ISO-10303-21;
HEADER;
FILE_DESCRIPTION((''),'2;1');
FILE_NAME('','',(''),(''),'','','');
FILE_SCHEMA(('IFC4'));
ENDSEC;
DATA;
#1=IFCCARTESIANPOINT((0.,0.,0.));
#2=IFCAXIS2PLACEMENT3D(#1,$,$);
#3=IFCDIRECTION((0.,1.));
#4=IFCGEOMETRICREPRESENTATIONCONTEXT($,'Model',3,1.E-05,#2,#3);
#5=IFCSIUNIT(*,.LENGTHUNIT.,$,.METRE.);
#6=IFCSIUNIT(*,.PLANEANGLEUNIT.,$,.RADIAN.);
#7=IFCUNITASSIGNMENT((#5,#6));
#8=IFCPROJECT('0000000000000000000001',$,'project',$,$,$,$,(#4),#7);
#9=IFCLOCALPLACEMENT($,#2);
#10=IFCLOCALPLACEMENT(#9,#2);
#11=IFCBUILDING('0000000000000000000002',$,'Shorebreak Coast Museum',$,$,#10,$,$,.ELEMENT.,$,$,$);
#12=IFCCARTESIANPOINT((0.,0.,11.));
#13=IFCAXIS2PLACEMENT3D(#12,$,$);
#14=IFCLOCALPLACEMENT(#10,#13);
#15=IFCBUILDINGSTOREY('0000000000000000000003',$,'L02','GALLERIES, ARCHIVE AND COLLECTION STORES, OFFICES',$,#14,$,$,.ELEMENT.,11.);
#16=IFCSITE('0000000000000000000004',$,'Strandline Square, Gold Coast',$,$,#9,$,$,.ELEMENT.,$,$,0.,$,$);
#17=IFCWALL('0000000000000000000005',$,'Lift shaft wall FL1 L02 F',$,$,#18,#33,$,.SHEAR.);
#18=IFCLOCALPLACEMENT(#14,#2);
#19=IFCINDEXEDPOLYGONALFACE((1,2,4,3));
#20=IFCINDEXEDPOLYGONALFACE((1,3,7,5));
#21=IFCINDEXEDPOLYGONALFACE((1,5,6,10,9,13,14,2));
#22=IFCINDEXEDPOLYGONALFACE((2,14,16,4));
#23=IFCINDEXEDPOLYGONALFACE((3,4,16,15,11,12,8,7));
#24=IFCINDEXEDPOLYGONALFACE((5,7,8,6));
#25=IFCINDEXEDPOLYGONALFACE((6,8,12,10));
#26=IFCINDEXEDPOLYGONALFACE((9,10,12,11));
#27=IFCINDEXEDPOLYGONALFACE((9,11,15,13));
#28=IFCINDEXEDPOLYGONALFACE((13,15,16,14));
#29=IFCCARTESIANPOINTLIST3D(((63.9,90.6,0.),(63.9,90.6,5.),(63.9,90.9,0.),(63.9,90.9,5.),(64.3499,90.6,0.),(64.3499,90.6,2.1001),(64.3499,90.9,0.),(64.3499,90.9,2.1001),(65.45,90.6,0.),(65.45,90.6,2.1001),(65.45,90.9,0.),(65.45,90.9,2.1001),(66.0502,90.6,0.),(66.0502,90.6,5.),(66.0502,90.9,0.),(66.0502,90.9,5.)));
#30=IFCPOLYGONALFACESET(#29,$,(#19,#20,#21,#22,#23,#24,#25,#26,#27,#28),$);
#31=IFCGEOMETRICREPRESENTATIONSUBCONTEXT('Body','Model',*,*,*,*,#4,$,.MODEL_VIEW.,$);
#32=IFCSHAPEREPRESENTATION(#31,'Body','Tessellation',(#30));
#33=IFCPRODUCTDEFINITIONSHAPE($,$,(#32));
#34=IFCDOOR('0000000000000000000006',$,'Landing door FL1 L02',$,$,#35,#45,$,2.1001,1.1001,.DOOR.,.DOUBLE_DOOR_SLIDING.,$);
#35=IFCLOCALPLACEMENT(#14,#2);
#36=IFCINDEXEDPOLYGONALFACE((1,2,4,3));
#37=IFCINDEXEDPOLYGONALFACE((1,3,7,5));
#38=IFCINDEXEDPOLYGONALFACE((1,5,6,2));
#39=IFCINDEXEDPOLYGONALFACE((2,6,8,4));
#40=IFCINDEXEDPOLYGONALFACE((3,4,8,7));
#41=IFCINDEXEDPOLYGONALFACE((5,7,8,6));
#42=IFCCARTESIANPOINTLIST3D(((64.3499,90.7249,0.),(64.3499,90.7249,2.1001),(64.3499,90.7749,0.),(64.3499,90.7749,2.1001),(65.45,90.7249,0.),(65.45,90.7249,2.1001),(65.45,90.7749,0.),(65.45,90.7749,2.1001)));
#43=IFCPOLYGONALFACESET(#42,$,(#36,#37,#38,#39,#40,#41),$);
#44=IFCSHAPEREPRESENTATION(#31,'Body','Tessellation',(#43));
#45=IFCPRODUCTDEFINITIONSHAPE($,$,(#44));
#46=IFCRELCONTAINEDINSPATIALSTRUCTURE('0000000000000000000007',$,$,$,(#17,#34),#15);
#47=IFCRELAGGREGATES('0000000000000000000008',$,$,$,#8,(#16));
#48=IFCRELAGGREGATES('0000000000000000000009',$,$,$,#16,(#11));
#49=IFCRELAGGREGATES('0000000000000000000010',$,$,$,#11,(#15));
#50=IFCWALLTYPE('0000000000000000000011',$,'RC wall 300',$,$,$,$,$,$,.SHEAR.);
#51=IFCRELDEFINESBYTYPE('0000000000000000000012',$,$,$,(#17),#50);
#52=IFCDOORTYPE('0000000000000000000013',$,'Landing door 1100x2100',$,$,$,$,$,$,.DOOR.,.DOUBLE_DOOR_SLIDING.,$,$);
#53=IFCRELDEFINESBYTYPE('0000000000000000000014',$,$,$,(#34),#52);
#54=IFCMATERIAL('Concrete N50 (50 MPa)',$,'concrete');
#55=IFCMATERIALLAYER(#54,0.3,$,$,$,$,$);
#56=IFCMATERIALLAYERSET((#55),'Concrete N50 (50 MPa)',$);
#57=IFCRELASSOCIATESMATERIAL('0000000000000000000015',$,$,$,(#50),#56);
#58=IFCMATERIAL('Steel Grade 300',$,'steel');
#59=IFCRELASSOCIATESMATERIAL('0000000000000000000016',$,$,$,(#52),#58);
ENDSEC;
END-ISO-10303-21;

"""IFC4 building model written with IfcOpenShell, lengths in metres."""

from ifc_helpers import new_model, si_unit, direction, frame, frame_2d, origin, place, context, subcontext, project, spatial, rectangle, extrude, material, layer, layer_set, type_object, element, fill, save


model = new_model("IFC4")

# Units and contexts
model_context = context("Model", 3, precision=1e-05, world=origin(), true_north=direction((0.0, 1.0)))
body_context = subcontext(model_context, "Body", "Model", "MODEL_VIEW")
ifc_project = project(units=[si_unit("LENGTHUNIT", "METRE"), si_unit("PLANEANGLEUNIT", "RADIAN")], contexts=[model_context])

# Site, building, storey
site_placement = place(None, origin())
site = spatial("IfcSite", under=ifc_project, at=site_placement, Name="Strandline Square, Gold Coast", CompositionType="ELEMENT", RefElevation=0.0)
building_placement = place(site_placement, origin())
building = spatial("IfcBuilding", under=site, at=building_placement, Name="Shorebreak Coast Museum", CompositionType="ELEMENT")
storey_placement = place(building_placement, frame((0.0, 0.0, 11.0)))
storey = spatial("IfcBuildingStorey", under=building, at=storey_placement, Name="L02", Description="GALLERIES, ARCHIVE AND COLLECTION STORES, OFFICES", CompositionType="ELEMENT", Elevation=11.0)

# Shared definitions
ifc_material_1 = material(Name="Concrete N50 (50 MPa)", Category="concrete")
ifc_layer_1 = layer(ifc_material_1, 0.3)
ifc_layer_set_1 = layer_set([ifc_layer_1], Name="Concrete N50 (50 MPa)")
wall_type_1 = type_object("IfcWallType", Name="RC wall 300", PredefinedType="SHEAR", material=ifc_layer_set_1)

# Wall, opening, door
wall_1_placement = place(storey_placement, frame((63.8999, 90.75, 0.0), z_axis=(0.0, 0.0, 1.0), x_axis=(1.0, 0.0, 0.0)))
wall_1 = element("IfcWall", 1, at=wall_1_placement, inside=storey, type_object=wall_type_1, Name="Lift shaft wall FL1 L02 F", PredefinedType="SHEAR", context=body_context, shape_type="SweptSolid", body=[
    extrude(rectangle(XDim=2.1501, YDim=0.3, at=frame_2d((1.0752, 0.0))), origin(), (0.0, 0.0, 1.0), 5.0),
])
opening_1_placement = place(wall_1_placement, frame((0.45, 0.0, 0.0)))
opening_1 = element("IfcOpeningElement", 2, at=opening_1_placement, cuts=wall_1, PredefinedType="OPENING", context=body_context, shape_type="SweptSolid", body=[
    extrude(rectangle(XDim=1.1001, YDim=2.1001, at=frame_2d((0.55, 1.05))), frame((0.0, 0.1599, 0.0), z_axis=(0.0, -1.0, 0.0), x_axis=(1.0, 0.0, 0.0)), (0.0, 0.0, 1.0), 0.3201),
])
ifc_material_2 = material(Name="Steel Grade 300", Category="steel")
door_type_1 = type_object("IfcDoorType", Name="Landing door 1100x2100", OperationType="DOUBLE_DOOR_SLIDING", PredefinedType="DOOR", material=ifc_material_2)
door_1_placement = place(opening_1_placement, origin())
door_1 = element("IfcDoor", 3, at=door_1_placement, inside=storey, type_object=door_type_1, Name="Landing door FL1 L02", OperationType="DOUBLE_DOOR_SLIDING", OverallHeight=2.1001, OverallWidth=1.1001, PredefinedType="DOOR", context=body_context, shape_type="SweptSolid", body=[
    extrude(rectangle(XDim=1.1001, YDim=2.1001, at=frame_2d((0.55, 1.05))), frame((0.0, 0.0249, 0.0), z_axis=(0.0, -1.0, 0.0), x_axis=(1.0, 0.0, 0.0)), (0.0, 0.0, 1.0), 0.05),
])
fill(opening_1, door_1)

save(model, "model.ifc")
